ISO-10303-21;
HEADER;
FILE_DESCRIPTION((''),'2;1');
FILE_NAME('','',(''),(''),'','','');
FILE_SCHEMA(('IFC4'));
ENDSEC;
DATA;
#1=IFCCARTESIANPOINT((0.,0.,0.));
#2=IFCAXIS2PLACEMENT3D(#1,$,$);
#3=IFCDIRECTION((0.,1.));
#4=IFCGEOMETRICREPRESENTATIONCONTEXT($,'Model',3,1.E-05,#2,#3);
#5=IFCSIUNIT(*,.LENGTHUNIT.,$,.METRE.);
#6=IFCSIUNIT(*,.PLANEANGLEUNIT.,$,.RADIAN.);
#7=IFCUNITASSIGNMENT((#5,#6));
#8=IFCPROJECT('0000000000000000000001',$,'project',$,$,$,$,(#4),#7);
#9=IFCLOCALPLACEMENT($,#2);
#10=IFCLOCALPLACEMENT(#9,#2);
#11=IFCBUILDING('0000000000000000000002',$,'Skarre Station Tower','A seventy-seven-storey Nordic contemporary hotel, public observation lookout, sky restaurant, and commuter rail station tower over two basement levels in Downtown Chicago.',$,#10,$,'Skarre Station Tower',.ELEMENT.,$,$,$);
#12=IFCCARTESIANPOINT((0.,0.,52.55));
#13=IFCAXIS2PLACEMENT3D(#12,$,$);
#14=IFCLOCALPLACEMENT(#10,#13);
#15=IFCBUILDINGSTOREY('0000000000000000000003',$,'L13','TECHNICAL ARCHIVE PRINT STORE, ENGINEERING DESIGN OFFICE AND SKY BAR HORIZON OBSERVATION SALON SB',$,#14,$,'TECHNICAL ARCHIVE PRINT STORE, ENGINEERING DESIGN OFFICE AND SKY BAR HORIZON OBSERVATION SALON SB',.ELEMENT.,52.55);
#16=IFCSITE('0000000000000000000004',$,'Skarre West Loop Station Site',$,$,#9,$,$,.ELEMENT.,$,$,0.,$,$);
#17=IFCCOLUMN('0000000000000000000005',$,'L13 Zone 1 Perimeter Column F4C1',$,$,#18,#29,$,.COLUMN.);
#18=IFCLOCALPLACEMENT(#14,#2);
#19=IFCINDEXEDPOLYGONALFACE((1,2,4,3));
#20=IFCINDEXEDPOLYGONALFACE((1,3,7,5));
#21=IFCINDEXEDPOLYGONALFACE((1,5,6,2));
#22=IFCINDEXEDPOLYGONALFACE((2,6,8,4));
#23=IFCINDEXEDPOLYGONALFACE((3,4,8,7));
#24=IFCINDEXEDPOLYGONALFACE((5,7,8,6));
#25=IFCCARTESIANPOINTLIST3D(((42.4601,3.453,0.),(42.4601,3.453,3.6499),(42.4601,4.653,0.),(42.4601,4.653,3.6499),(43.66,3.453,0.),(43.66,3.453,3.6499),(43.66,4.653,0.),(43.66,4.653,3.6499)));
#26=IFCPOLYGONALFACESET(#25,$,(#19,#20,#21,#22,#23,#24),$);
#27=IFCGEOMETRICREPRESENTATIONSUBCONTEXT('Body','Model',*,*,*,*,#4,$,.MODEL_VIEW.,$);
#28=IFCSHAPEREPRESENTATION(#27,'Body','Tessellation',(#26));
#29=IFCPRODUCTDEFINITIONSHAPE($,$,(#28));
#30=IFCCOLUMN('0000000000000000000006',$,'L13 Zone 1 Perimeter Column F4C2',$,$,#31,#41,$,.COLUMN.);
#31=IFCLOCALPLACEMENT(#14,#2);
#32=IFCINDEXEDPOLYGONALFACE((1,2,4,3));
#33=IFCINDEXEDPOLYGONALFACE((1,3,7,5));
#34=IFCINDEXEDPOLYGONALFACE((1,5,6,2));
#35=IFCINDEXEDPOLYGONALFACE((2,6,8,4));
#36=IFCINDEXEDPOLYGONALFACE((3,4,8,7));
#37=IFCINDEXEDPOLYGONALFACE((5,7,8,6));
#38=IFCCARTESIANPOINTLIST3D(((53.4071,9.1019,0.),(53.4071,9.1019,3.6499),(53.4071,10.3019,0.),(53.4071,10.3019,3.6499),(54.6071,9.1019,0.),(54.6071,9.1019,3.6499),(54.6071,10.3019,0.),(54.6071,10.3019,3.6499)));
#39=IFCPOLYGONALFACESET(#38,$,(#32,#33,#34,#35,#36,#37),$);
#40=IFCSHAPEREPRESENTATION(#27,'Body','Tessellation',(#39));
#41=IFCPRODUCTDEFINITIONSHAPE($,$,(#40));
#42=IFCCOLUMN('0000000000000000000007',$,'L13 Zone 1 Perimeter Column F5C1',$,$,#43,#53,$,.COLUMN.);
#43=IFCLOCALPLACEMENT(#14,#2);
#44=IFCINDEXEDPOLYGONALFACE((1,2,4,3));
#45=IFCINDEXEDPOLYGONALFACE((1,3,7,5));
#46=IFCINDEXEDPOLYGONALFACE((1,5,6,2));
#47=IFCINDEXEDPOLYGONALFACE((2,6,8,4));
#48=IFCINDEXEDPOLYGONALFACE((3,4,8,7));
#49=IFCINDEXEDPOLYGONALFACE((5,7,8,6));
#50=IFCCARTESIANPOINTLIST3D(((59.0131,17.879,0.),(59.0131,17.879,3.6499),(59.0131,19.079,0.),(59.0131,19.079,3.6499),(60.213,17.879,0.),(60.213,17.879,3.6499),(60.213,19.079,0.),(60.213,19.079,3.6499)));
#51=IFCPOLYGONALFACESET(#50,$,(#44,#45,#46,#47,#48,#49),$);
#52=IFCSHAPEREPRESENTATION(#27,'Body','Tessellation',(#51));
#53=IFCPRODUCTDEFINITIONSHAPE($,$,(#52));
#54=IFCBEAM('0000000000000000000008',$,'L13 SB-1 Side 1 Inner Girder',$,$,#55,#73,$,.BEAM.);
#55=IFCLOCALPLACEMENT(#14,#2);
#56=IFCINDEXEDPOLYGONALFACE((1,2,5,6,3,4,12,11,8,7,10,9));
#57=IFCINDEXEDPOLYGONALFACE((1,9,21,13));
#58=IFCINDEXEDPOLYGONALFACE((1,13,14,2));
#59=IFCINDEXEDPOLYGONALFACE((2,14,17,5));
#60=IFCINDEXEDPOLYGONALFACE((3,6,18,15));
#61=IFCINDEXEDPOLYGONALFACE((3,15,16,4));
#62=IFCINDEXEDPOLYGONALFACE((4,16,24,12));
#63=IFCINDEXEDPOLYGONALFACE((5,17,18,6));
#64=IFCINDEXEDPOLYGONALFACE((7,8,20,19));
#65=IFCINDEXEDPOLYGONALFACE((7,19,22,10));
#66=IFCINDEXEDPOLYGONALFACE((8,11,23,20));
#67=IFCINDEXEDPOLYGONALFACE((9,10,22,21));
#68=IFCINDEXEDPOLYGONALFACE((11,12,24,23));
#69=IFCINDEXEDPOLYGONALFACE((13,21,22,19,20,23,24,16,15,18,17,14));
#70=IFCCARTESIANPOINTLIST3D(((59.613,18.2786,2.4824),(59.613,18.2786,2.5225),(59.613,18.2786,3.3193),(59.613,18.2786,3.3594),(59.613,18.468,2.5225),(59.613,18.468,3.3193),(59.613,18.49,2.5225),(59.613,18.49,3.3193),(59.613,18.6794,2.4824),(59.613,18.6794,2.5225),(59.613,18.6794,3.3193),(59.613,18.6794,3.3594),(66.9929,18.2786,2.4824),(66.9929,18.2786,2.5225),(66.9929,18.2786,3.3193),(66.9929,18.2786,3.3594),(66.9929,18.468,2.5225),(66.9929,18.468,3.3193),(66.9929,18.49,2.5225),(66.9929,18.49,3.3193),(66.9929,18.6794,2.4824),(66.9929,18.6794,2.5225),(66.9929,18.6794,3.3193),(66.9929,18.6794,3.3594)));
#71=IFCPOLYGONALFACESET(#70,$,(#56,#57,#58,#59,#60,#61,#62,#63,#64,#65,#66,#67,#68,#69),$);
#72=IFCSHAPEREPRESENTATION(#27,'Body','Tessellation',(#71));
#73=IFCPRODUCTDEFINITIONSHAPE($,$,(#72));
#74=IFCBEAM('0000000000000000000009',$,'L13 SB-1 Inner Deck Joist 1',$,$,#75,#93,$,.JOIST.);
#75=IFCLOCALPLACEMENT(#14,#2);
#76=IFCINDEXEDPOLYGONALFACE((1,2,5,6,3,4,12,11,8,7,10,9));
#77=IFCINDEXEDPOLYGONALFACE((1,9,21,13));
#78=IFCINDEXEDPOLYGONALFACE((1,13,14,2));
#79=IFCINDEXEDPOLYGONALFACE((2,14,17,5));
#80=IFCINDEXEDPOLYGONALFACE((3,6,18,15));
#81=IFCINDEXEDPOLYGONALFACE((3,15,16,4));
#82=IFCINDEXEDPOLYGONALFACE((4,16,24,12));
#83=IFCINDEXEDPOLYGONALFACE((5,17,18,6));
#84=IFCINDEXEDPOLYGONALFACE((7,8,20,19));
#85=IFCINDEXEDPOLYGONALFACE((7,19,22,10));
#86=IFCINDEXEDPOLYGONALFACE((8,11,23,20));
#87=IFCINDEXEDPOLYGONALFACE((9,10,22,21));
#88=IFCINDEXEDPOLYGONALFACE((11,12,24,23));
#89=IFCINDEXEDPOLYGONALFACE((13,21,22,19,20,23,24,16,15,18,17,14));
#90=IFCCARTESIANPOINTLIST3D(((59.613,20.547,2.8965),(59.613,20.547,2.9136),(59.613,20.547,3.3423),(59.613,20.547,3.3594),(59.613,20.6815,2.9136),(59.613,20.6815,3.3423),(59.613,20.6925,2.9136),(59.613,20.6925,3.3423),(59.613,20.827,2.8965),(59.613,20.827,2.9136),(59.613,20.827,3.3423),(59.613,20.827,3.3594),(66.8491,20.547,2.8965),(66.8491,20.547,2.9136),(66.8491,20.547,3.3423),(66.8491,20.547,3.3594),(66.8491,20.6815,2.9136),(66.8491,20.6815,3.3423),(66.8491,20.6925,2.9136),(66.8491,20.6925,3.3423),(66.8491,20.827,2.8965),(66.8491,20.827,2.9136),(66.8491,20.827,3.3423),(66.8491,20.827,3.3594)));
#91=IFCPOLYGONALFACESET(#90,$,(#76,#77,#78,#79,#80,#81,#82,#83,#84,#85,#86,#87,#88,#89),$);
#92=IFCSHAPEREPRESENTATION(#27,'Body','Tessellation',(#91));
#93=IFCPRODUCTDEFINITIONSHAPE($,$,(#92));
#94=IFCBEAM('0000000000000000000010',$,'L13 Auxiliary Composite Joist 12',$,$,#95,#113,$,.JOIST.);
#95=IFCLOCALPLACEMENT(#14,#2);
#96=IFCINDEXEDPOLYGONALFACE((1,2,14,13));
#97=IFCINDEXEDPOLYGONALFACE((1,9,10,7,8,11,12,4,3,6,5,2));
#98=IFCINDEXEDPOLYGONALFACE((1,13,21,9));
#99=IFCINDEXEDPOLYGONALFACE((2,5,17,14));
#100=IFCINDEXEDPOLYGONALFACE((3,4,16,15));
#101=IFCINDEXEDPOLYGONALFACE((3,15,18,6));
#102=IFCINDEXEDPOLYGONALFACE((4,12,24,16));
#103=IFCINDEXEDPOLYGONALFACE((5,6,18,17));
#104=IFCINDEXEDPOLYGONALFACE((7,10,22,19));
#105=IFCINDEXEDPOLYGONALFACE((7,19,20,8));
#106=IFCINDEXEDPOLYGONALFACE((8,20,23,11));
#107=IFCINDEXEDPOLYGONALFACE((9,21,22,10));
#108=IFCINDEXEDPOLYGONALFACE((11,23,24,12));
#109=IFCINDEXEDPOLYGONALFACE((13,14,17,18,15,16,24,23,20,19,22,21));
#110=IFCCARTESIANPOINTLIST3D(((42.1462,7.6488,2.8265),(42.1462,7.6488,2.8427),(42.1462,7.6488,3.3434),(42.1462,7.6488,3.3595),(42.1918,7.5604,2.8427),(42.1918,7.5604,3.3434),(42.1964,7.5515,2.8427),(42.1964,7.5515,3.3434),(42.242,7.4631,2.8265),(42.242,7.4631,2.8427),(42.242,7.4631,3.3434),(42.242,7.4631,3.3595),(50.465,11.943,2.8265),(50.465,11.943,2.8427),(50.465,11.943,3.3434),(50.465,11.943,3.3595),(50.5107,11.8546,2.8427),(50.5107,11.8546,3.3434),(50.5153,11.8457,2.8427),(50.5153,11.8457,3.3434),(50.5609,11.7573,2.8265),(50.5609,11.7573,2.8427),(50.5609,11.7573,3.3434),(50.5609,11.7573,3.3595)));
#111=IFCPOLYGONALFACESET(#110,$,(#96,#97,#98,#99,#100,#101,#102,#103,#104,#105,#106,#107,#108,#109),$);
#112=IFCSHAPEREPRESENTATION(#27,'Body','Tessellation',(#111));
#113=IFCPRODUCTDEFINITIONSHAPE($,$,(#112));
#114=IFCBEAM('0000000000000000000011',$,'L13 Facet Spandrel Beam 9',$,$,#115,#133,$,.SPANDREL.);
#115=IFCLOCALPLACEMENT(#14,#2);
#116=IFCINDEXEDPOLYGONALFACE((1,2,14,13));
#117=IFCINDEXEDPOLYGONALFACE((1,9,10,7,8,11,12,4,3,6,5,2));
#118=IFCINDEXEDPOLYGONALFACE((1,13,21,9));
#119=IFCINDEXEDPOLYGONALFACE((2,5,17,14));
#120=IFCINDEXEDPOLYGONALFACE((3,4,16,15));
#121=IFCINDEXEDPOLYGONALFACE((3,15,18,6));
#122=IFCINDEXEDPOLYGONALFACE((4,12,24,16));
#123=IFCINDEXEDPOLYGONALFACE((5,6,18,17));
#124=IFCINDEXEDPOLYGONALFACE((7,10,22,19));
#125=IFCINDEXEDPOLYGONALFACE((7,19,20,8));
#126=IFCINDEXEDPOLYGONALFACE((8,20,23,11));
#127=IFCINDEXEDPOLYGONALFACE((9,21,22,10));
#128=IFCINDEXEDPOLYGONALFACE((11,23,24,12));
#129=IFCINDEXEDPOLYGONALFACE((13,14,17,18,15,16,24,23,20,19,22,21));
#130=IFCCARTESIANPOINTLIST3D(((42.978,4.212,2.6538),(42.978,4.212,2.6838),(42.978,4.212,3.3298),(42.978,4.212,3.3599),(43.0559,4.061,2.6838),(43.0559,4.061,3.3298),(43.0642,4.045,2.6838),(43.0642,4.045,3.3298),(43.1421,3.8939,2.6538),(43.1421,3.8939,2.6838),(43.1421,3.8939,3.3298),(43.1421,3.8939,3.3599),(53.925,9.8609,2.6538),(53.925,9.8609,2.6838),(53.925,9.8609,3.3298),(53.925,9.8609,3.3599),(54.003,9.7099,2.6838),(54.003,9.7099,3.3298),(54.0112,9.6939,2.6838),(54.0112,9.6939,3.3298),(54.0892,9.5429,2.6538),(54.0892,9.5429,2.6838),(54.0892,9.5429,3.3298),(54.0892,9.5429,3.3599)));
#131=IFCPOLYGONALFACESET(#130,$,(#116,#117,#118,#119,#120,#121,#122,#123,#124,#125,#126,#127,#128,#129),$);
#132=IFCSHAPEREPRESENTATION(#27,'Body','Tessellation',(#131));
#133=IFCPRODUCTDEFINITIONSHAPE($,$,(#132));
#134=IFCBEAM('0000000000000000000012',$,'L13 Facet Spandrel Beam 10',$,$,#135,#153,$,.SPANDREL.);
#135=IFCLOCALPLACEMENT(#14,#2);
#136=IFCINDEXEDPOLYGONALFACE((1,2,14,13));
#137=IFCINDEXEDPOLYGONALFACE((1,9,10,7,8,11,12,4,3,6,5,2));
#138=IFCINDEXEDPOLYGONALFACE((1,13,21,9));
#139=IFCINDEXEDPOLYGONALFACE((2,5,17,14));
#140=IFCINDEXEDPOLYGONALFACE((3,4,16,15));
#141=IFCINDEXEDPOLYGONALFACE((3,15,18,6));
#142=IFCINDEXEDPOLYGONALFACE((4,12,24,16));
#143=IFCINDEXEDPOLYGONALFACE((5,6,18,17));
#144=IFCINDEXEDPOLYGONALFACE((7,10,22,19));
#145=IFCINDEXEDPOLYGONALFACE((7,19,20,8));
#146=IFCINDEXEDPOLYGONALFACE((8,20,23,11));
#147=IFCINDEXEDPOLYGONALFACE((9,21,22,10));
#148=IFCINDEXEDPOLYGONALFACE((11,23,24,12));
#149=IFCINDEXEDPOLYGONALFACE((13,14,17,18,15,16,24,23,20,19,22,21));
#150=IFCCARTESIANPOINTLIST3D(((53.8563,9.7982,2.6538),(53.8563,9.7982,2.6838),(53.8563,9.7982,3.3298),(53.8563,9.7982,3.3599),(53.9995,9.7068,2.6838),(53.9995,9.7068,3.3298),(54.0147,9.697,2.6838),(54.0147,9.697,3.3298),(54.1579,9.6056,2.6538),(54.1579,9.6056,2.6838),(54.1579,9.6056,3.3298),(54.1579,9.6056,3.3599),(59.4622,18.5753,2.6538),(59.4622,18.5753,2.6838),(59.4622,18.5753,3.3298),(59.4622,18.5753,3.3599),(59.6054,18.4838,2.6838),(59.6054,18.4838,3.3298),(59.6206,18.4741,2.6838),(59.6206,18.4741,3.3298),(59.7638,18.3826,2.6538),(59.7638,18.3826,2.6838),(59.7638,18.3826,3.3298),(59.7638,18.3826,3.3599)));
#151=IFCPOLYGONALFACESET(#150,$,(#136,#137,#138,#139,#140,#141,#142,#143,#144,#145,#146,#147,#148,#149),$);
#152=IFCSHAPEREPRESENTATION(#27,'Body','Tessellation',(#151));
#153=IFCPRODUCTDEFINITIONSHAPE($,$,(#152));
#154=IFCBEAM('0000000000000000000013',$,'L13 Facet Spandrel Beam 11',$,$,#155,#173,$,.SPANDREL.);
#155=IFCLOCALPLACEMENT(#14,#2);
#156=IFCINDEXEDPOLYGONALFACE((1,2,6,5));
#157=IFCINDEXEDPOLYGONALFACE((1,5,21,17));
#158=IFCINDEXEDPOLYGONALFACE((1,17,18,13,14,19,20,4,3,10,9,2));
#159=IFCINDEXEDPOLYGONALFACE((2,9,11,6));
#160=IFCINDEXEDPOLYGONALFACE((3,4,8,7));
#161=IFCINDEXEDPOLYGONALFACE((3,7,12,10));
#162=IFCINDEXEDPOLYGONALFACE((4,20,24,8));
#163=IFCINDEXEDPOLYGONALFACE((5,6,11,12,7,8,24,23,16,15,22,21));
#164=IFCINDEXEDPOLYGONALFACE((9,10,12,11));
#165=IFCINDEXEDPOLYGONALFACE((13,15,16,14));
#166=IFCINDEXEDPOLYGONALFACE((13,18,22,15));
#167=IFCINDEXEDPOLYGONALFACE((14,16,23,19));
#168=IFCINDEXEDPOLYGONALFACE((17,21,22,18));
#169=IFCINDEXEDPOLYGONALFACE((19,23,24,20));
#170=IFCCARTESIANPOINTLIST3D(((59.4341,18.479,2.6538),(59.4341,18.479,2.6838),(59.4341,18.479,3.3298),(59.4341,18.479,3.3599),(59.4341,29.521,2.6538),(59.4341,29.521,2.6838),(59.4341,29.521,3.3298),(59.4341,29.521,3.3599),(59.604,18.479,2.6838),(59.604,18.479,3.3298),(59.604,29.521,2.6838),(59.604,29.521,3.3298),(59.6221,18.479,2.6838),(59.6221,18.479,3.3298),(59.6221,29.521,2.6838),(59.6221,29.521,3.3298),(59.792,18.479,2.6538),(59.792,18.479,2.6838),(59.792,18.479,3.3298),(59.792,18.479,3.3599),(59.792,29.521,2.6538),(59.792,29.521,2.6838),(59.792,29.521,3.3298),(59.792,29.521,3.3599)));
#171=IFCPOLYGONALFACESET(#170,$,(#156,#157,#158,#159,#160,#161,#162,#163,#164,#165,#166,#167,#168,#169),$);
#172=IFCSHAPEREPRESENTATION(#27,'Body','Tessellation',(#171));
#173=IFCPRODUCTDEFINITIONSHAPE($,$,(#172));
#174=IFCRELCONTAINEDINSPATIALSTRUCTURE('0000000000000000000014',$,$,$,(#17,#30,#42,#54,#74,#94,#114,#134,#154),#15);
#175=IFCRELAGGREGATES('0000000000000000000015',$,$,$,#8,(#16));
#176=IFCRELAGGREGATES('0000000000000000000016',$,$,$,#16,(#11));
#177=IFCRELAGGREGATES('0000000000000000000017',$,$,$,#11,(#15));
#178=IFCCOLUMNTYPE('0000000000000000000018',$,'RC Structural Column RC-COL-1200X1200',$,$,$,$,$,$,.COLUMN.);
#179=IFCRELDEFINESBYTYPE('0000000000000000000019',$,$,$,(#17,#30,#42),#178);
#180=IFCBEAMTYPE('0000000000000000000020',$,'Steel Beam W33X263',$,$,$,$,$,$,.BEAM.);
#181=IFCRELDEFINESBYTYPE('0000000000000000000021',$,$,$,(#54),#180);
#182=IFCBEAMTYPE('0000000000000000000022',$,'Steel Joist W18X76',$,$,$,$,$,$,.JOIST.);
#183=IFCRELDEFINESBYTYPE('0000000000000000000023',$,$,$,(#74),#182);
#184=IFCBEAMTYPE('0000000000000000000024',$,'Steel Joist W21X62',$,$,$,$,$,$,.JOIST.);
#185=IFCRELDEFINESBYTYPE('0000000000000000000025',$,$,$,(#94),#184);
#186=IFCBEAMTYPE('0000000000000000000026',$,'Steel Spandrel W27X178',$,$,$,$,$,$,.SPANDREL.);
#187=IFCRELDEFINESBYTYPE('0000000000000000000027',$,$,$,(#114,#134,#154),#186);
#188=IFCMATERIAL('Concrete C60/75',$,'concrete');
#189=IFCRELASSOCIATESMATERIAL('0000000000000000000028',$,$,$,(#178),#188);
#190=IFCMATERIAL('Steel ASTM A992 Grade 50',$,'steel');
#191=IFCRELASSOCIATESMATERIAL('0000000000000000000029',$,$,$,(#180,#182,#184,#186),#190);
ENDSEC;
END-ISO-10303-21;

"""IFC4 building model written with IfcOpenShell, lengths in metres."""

from ifc_helpers import new_model, si_unit, direction, frame, origin, origin_2d, place, context, subcontext, project, spatial, rectangle, i_section, extrude, material, material_profile, profile_set, type_object, element, save


model = new_model("IFC4")

# Units and contexts
model_context = context("Model", 3, precision=1e-05, world=origin(), true_north=direction((0.0, 1.0)))
body_context = subcontext(model_context, "Body", "Model", "MODEL_VIEW")
ifc_project = project(units=[si_unit("LENGTHUNIT", "METRE"), si_unit("PLANEANGLEUNIT", "RADIAN")], contexts=[model_context])

# Site, building, storey
site_placement = place(None, origin())
site = spatial("IfcSite", under=ifc_project, at=site_placement, Name="Skarre West Loop Station Site", CompositionType="ELEMENT", RefElevation=0.0)
building_placement = place(site_placement, origin())
building = spatial("IfcBuilding", under=site, at=building_placement, Name="Skarre Station Tower", Description="A seventy-seven-storey Nordic contemporary hotel, public observation lookout, sky restaurant, and commuter rail station tower over two basement levels in Downtown Chicago.", LongName="Skarre Station Tower", CompositionType="ELEMENT")
storey_placement = place(building_placement, frame((0.0, 0.0, 52.55)))
storey = spatial("IfcBuildingStorey", under=building, at=storey_placement, Name="L13", Description="TECHNICAL ARCHIVE PRINT STORE, ENGINEERING DESIGN OFFICE AND SKY BAR HORIZON OBSERVATION SALON SB", LongName="TECHNICAL ARCHIVE PRINT STORE, ENGINEERING DESIGN OFFICE AND SKY BAR HORIZON OBSERVATION SALON SB", CompositionType="ELEMENT", Elevation=52.55)

# Columns
ifc_material_1 = material(Name="Concrete C60/75", Category="concrete")
ifc_material_profile_1 = material_profile(ifc_material_1, rectangle(XDim=1.2, YDim=1.2, at=origin_2d()), Name="Concrete C60/75")
ifc_profile_set_1 = profile_set([ifc_material_profile_1], Name="Concrete C60/75")
column_type = type_object("IfcColumnType", Name="RC Structural Column RC-COL-1200X1200", PredefinedType="COLUMN", material=ifc_profile_set_1)
for number, where, z_axis, x_axis, name in (
    (1, (43.0601, 4.053, 0.0), (0.0, 0.0, 1.0), (1.0, 0.0, 0.0), "L13 Zone 1 Perimeter Column F4C1"),
    (2, (54.0071, 9.7019, 0.0), (0.0, 0.0, 1.0), (1.0, 0.0, 0.0), "L13 Zone 1 Perimeter Column F4C2"),
    (3, (59.613, 18.479, 0.0), (0.0, 0.0, 1.0), (1.0, 0.0, 0.0), "L13 Zone 1 Perimeter Column F5C1"),
):
    element("IfcColumn", number, at=place(storey_placement, frame(where, z_axis=z_axis, x_axis=x_axis)), inside=storey, type_object=column_type, Name=name, PredefinedType="COLUMN", context=body_context, shape_type="SweptSolid", body=[
        extrude(rectangle(XDim=1.2, YDim=1.2, at=origin_2d()), origin(), (0.0, 0.0, 1.0), 3.6499),
    ])

# Beams
ifc_material_2 = material(Name="Steel ASTM A992 Grade 50", Category="steel")
ifc_material_profile_2 = material_profile(ifc_material_2, i_section(OverallWidth=0.4009, OverallDepth=0.877, WebThickness=0.022, FlangeThickness=0.04, at=origin_2d()), Name="Steel ASTM A992 Grade 50")
ifc_profile_set_2 = profile_set([ifc_material_profile_2], Name="Steel ASTM A992 Grade 50")
beam_type_1 = type_object("IfcBeamType", Name="Steel Beam W33X263", PredefinedType="BEAM", material=ifc_profile_set_2)
beam_1_placement = place(storey_placement, frame((59.613, 18.479, 2.9209), z_axis=(1.0, 0.0, 0.0), x_axis=(0.0, 1.0, 0.0)))
element("IfcBeam", 4, at=beam_1_placement, inside=storey, type_object=beam_type_1, Name="L13 SB-1 Side 1 Inner Girder", PredefinedType="BEAM", context=body_context, shape_type="SweptSolid", body=[
    extrude(i_section(OverallWidth=0.4009, OverallDepth=0.877, WebThickness=0.022, FlangeThickness=0.04, at=origin_2d()), origin(), (0.0, 0.0, 1.0), 7.3799),
])
ifc_material_profile_3 = material_profile(ifc_material_2, i_section(OverallWidth=0.28, OverallDepth=0.4629, WebThickness=0.011, FlangeThickness=0.0171, at=origin_2d()), Name="Steel ASTM A992 Grade 50")
ifc_profile_set_3 = profile_set([ifc_material_profile_3], Name="Steel ASTM A992 Grade 50")
beam_type_2 = type_object("IfcBeamType", Name="Steel Joist W18X76", PredefinedType="JOIST", material=ifc_profile_set_3)
beam_2_placement = place(storey_placement, frame((59.613, 20.687, 3.1279), z_axis=(1.0, 0.0, 0.0), x_axis=(0.0, 1.0, 0.0)))
element("IfcBeam", 5, at=beam_2_placement, inside=storey, type_object=beam_type_2, Name="L13 SB-1 Inner Deck Joist 1", PredefinedType="JOIST", context=body_context, shape_type="SweptSolid", body=[
    extrude(i_section(OverallWidth=0.28, OverallDepth=0.4629, WebThickness=0.011, FlangeThickness=0.0171, at=origin_2d()), origin(), (0.0, 0.0, 1.0), 7.2361),
])
ifc_material_profile_4 = material_profile(ifc_material_2, i_section(OverallWidth=0.209, OverallDepth=0.533, WebThickness=0.01, FlangeThickness=0.0161, at=origin_2d()), Name="Steel ASTM A992 Grade 50")
ifc_profile_set_4 = profile_set([ifc_material_profile_4], Name="Steel ASTM A992 Grade 50")
beam_type_3 = type_object("IfcBeamType", Name="Steel Joist W21X62", PredefinedType="JOIST", material=ifc_profile_set_4)
beam_3_placement = place(storey_placement, frame((42.1941, 7.5559, 3.093), z_axis=(0.888595, 0.458693, 0.0), x_axis=(-0.458693, 0.888595, 0.0)))
element("IfcBeam", 6, at=beam_3_placement, inside=storey, type_object=beam_type_3, Name="L13 Auxiliary Composite Joist 12", PredefinedType="JOIST", context=body_context, shape_type="SweptSolid", body=[
    extrude(i_section(OverallWidth=0.209, OverallDepth=0.533, WebThickness=0.01, FlangeThickness=0.0161, at=origin_2d()), origin(), (0.0, 0.0, 1.0), 9.3618),
])
ifc_material_profile_5 = material_profile(ifc_material_2, i_section(OverallWidth=0.3579, OverallDepth=0.7061, WebThickness=0.0181, FlangeThickness=0.03, at=origin_2d()), Name="Steel ASTM A992 Grade 50")
ifc_profile_set_5 = profile_set([ifc_material_profile_5], Name="Steel ASTM A992 Grade 50")
beam_type_4 = type_object("IfcBeamType", Name="Steel Spandrel W27X178", PredefinedType="SPANDREL", material=ifc_profile_set_5)
beam_4_placement = place(storey_placement, frame((43.0601, 4.053, 3.0068), z_axis=(0.888659, 0.458569, 0.0), x_axis=(-0.458569, 0.888659, 0.0)))
element("IfcBeam", 7, at=beam_4_placement, inside=storey, type_object=beam_type_4, Name="L13 Facet Spandrel Beam 9", PredefinedType="SPANDREL", context=body_context, shape_type="SweptSolid", body=[
    extrude(i_section(OverallWidth=0.3579, OverallDepth=0.7061, WebThickness=0.0181, FlangeThickness=0.03, at=origin_2d()), origin(), (0.0, 0.0, 1.0), 12.3186),
])
beam_5_placement = place(storey_placement, frame((54.0071, 9.7019, 3.0068), z_axis=(0.538278, 0.842767, 0.0), x_axis=(-0.842767, 0.538278, 0.0)))
element("IfcBeam", 8, at=beam_5_placement, inside=storey, type_object=beam_type_4, Name="L13 Facet Spandrel Beam 10", PredefinedType="SPANDREL", context=body_context, shape_type="SweptSolid", body=[
    extrude(i_section(OverallWidth=0.3579, OverallDepth=0.7061, WebThickness=0.0181, FlangeThickness=0.03, at=origin_2d()), origin(), (0.0, 0.0, 1.0), 10.4146),
])
beam_6_placement = place(storey_placement, frame((59.613, 18.479, 3.0068), z_axis=(0.0, 1.0, 0.0), x_axis=(-1.0, 0.0, 0.0)))
element("IfcBeam", 9, at=beam_6_placement, inside=storey, type_object=beam_type_4, Name="L13 Facet Spandrel Beam 11", PredefinedType="SPANDREL", context=body_context, shape_type="SweptSolid", body=[
    extrude(i_section(OverallWidth=0.3579, OverallDepth=0.7061, WebThickness=0.0181, FlangeThickness=0.03, at=origin_2d()), origin(), (0.0, 0.0, 1.0), 11.042),
])

save(model, "model.ifc")
